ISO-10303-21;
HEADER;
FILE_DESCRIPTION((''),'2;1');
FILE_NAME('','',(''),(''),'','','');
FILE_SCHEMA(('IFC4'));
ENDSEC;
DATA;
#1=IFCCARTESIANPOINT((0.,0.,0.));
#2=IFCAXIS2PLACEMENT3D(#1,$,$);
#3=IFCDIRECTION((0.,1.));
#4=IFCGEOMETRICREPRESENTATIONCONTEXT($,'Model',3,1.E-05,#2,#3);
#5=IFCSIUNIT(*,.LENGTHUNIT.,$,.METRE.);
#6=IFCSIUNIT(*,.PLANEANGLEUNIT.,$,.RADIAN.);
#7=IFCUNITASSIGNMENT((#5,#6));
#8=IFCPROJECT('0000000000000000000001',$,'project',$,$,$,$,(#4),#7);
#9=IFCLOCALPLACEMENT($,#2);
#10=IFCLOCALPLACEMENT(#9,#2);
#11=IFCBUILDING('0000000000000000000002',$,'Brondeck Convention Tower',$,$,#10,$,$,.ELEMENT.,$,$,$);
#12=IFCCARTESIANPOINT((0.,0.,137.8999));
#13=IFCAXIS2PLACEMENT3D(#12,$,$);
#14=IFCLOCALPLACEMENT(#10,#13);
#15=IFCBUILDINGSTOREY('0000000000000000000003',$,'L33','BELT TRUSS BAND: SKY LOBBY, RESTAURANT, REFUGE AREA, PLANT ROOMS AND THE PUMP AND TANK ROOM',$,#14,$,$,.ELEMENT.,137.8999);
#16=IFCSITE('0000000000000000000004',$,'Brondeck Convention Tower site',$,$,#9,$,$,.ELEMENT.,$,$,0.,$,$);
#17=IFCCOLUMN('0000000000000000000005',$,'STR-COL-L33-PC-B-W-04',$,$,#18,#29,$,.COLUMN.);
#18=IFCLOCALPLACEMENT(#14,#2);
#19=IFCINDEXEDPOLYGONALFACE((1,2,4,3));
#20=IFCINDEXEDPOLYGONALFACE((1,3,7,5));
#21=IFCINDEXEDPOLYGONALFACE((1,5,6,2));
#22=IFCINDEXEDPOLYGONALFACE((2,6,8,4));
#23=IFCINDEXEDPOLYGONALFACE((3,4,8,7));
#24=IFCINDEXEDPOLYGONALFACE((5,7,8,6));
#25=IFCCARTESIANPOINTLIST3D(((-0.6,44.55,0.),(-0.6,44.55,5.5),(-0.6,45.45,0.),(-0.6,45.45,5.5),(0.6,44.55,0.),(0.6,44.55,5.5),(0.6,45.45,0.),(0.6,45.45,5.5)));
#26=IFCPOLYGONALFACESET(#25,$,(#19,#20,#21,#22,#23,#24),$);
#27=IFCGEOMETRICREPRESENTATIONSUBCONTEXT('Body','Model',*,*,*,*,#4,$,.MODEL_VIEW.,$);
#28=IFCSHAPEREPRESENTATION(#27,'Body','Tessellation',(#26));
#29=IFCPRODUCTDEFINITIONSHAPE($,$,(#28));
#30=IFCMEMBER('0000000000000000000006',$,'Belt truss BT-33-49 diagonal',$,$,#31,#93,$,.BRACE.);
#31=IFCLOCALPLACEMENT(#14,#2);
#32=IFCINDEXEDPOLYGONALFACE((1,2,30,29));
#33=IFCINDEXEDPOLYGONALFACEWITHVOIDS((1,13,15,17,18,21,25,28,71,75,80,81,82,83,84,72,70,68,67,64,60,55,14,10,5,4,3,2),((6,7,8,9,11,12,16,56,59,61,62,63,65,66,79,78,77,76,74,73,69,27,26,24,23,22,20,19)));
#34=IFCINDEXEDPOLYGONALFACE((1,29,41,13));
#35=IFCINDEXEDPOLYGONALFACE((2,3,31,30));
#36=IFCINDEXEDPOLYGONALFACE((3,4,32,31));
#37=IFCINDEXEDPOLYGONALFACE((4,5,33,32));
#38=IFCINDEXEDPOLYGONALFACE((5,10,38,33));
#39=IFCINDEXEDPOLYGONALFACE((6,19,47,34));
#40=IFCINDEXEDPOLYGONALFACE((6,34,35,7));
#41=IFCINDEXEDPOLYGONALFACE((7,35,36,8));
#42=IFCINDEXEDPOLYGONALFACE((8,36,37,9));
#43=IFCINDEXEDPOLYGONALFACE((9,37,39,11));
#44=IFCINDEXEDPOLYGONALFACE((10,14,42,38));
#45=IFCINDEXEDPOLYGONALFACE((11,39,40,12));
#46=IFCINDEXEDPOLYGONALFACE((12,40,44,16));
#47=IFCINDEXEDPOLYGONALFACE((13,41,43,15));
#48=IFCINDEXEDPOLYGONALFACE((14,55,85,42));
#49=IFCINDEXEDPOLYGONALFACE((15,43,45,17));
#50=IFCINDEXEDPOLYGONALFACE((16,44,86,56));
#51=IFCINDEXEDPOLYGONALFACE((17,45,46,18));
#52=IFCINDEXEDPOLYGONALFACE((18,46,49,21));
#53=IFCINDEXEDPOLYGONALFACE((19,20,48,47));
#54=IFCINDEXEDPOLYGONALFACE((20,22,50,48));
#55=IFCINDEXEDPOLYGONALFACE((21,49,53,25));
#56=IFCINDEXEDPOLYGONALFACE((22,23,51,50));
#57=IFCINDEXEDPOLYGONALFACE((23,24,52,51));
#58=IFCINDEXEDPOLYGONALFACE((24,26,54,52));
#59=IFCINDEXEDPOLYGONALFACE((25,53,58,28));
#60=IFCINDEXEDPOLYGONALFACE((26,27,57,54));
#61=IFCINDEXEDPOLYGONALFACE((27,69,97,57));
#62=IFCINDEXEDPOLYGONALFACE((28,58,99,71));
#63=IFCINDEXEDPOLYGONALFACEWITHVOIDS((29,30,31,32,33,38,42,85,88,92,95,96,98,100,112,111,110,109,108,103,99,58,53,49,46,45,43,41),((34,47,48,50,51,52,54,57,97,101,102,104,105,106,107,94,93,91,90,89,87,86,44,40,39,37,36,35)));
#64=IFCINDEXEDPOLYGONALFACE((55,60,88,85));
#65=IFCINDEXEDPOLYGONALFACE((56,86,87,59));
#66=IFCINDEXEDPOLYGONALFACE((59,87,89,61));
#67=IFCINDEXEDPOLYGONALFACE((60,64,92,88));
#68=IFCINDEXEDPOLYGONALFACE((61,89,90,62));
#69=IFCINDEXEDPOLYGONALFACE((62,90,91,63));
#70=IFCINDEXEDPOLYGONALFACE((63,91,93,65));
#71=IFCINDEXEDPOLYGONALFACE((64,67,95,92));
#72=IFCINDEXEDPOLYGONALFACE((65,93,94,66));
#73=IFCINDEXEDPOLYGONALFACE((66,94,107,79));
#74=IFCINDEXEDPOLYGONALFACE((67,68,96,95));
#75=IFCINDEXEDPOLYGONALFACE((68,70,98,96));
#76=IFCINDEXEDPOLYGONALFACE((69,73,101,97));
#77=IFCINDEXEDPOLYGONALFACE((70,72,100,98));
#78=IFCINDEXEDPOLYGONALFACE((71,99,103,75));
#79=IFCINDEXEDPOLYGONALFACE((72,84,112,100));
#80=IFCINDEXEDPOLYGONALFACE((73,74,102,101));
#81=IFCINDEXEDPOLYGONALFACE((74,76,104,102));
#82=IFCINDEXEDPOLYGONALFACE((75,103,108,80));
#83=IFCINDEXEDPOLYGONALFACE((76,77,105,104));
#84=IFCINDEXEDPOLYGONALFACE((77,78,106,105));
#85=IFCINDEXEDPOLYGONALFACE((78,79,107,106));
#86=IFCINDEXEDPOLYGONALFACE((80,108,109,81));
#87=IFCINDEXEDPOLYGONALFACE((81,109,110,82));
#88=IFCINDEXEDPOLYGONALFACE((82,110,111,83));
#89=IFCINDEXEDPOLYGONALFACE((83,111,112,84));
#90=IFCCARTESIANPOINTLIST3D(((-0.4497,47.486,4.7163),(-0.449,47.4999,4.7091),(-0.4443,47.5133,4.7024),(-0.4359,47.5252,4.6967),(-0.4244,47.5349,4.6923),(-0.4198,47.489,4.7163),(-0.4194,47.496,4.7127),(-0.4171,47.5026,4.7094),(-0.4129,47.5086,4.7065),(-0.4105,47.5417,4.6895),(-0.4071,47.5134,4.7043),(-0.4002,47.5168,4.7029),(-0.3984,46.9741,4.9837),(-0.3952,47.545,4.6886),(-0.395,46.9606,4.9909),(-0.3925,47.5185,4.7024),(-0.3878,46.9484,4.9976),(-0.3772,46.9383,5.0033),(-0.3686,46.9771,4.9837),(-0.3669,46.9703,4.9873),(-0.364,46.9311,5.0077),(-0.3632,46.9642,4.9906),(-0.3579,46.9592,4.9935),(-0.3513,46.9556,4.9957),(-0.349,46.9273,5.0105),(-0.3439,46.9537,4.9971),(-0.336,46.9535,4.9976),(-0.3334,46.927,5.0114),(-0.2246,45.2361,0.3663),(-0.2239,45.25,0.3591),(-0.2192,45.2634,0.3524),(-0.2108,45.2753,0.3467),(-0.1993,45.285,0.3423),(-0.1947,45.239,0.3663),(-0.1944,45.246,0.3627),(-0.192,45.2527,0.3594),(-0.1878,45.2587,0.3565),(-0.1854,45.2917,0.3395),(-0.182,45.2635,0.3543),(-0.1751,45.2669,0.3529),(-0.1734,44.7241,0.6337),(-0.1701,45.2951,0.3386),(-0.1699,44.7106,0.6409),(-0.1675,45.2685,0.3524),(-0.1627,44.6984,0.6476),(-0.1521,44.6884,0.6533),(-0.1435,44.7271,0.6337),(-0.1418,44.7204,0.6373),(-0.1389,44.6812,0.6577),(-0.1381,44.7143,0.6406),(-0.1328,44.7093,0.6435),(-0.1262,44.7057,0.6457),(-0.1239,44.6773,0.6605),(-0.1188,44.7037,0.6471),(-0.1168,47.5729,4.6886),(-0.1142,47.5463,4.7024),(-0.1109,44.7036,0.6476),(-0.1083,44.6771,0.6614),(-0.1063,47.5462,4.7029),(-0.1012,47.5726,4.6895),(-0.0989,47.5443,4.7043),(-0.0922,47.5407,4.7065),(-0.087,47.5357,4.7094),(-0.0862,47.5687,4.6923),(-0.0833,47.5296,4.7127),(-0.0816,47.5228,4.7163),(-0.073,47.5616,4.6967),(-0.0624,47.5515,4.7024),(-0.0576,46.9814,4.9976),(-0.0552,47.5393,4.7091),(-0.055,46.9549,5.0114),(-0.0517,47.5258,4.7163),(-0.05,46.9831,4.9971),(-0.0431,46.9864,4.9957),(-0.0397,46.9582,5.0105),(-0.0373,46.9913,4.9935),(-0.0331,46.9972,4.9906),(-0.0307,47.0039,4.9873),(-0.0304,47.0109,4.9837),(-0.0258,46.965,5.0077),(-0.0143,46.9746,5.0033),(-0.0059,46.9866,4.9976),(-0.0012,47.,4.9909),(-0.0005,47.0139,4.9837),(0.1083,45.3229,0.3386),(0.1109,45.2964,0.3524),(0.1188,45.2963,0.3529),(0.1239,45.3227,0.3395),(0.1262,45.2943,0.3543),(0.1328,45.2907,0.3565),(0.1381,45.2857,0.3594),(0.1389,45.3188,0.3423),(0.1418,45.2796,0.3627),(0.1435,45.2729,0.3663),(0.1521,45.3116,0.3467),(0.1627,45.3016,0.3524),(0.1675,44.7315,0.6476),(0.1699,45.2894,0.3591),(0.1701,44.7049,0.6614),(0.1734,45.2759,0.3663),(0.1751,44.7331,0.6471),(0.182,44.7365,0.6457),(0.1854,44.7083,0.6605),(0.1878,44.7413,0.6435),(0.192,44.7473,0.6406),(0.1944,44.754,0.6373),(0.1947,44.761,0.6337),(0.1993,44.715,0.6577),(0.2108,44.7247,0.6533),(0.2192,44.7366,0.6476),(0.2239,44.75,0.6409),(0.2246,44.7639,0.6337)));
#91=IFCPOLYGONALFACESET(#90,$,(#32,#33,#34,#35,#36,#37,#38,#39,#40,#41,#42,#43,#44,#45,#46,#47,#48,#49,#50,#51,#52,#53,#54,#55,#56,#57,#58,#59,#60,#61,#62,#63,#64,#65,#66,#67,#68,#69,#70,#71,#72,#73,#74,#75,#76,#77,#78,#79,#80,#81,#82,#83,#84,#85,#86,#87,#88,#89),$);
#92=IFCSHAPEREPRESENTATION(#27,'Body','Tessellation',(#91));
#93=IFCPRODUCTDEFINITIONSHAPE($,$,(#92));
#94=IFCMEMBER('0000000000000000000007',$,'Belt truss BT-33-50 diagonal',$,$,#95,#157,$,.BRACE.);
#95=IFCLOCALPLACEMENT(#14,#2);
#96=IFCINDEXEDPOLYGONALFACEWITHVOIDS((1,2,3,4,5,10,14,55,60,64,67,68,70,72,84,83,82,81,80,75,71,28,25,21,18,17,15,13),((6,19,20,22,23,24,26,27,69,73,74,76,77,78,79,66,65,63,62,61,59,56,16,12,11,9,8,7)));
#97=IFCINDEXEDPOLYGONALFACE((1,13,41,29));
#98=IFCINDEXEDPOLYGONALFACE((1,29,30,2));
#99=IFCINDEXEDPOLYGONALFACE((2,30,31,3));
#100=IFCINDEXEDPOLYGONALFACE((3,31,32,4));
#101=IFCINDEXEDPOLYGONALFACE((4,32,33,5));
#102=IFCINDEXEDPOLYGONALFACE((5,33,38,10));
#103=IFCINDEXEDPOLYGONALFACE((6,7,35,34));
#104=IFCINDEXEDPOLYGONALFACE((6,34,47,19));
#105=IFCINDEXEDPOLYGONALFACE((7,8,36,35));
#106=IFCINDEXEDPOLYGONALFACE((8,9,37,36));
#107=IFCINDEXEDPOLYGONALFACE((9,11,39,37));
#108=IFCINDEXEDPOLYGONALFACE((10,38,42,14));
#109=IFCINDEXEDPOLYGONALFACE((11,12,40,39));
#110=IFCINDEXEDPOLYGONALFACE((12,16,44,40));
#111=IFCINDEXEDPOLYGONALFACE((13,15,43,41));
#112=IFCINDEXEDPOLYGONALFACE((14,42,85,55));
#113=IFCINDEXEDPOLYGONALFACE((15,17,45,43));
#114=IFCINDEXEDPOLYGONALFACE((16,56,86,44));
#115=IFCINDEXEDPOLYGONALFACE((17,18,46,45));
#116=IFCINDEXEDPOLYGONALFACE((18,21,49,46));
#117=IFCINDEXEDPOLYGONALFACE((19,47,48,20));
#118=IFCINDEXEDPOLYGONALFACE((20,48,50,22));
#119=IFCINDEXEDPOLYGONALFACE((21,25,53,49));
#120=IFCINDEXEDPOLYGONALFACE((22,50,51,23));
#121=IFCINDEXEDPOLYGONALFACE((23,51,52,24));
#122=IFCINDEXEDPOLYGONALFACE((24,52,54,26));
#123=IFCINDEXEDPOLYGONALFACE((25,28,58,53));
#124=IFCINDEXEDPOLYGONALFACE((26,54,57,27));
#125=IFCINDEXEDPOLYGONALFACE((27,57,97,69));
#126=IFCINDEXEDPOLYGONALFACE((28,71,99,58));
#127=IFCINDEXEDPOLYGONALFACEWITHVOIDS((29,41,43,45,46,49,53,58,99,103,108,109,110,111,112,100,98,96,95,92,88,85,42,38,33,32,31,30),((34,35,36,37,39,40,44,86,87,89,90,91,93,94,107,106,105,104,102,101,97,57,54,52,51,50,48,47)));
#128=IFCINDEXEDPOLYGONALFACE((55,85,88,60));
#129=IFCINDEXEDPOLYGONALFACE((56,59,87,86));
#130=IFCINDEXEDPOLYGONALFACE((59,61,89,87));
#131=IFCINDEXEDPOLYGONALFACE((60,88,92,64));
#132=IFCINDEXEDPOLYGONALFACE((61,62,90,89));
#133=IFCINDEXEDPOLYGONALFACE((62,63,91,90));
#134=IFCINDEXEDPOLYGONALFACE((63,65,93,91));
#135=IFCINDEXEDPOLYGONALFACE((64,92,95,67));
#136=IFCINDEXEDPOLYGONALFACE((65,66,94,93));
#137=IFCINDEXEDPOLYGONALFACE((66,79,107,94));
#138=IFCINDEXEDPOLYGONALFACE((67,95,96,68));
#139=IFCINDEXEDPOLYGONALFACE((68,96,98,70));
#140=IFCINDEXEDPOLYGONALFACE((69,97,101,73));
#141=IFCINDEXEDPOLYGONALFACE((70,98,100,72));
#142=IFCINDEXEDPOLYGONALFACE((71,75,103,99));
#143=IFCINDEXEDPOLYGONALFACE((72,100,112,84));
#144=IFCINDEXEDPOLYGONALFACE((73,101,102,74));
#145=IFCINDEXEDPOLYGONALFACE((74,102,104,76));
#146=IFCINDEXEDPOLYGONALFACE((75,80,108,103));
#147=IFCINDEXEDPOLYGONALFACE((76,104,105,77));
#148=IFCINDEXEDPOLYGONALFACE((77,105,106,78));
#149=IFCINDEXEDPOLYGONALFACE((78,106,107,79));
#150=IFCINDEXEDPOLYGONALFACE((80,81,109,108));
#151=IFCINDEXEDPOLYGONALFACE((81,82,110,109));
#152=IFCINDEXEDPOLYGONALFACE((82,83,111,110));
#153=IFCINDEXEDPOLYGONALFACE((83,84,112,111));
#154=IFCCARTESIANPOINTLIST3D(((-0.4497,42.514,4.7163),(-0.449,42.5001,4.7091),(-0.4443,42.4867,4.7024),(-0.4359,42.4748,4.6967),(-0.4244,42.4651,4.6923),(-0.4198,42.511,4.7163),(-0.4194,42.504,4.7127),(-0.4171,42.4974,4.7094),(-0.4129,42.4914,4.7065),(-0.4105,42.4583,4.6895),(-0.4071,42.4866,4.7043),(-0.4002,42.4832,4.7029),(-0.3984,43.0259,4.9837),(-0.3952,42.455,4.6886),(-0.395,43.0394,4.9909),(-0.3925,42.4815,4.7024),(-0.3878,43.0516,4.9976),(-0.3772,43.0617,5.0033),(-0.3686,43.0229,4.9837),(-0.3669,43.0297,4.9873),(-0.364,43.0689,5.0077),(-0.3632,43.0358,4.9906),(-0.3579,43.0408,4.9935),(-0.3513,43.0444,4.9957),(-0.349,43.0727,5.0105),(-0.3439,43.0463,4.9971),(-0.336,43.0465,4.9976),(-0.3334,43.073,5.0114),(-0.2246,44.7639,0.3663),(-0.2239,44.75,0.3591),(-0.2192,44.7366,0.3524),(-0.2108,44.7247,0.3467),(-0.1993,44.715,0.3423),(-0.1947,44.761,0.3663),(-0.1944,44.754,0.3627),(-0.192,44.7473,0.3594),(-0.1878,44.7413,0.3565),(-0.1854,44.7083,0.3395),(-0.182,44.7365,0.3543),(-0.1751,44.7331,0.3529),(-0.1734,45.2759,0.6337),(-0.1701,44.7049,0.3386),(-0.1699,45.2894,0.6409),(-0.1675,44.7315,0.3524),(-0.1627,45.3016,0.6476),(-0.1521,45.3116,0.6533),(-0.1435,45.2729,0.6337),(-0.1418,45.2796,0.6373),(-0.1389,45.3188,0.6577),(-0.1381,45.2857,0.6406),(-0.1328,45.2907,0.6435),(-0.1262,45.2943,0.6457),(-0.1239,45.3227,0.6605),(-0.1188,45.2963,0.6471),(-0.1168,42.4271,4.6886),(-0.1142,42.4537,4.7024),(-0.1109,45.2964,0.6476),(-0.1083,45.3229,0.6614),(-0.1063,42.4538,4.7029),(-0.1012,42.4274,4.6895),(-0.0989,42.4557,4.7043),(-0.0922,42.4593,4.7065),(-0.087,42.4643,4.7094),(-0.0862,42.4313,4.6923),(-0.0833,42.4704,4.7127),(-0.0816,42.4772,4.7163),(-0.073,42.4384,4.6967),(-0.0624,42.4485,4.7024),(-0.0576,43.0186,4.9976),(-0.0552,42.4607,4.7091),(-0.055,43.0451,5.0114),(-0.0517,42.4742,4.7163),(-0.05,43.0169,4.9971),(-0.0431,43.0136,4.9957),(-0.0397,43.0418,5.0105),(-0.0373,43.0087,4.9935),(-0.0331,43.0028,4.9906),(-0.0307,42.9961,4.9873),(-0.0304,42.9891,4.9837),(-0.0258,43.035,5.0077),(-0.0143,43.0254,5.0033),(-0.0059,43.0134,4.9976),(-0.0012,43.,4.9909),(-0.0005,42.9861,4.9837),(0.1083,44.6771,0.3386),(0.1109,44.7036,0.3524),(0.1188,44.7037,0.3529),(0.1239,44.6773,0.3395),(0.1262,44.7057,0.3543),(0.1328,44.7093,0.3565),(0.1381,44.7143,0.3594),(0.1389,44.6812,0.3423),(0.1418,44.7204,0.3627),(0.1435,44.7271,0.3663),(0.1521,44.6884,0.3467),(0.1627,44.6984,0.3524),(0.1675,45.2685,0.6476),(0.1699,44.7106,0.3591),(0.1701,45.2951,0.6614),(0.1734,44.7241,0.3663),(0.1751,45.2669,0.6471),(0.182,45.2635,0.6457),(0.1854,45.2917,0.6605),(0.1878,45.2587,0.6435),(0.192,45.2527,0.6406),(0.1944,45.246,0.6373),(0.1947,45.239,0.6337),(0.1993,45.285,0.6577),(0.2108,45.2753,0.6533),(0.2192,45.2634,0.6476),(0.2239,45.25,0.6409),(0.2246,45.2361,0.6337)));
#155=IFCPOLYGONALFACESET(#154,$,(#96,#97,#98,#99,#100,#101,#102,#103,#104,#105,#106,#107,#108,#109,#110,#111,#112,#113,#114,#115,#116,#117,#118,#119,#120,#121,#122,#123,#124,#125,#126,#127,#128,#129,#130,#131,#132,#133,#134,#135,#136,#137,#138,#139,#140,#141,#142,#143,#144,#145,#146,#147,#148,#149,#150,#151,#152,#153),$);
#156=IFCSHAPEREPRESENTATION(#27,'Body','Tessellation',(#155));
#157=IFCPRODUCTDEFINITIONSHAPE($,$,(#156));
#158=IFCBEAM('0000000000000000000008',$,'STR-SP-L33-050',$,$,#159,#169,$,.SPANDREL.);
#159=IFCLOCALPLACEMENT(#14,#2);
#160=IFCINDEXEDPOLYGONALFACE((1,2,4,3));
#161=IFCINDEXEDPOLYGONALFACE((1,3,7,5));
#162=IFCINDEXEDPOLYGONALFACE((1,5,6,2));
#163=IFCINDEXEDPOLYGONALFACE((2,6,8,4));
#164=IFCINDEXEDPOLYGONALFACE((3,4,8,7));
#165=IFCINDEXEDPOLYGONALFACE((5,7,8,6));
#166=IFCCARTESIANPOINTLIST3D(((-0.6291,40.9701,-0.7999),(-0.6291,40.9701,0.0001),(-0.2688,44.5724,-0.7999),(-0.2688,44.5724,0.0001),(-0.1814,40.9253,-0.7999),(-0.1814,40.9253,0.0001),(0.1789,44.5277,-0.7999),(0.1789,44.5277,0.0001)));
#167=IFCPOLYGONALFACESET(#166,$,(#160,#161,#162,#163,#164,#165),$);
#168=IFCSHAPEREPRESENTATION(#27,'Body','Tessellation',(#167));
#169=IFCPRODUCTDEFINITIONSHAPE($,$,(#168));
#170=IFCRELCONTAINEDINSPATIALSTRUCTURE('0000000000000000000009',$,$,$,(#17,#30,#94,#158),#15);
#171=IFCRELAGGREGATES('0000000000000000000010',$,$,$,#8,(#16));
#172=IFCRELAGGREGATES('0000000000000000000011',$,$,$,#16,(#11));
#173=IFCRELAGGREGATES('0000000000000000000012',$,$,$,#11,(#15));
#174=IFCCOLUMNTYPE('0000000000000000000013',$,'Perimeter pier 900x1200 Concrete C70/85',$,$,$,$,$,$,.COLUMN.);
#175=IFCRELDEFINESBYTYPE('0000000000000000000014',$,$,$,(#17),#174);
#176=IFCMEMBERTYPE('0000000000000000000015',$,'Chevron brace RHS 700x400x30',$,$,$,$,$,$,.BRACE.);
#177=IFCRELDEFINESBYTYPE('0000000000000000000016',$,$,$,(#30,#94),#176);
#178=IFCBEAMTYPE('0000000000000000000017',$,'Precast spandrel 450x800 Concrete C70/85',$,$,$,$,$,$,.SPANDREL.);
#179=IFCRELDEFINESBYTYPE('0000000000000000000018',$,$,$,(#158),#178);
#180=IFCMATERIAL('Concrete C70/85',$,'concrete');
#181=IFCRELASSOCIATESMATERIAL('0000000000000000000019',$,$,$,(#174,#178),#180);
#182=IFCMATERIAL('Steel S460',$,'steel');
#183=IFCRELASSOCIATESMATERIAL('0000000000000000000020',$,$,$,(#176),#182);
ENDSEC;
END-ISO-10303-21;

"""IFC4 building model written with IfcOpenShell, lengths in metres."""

from ifc_helpers import new_model, si_unit, direction, frame, origin, origin_2d, place, context, subcontext, project, spatial, rectangle, hollow_rectangle, extrude, material, material_profile, profile_set, type_object, element, save


model = new_model("IFC4")

# Units and contexts
model_context = context("Model", 3, precision=1e-05, world=origin(), true_north=direction((0.0, 1.0)))
body_context = subcontext(model_context, "Body", "Model", "MODEL_VIEW")
ifc_project = project(units=[si_unit("LENGTHUNIT", "METRE"), si_unit("PLANEANGLEUNIT", "RADIAN")], contexts=[model_context])

# Site, building, storey
site_placement = place(None, origin())
site = spatial("IfcSite", under=ifc_project, at=site_placement, Name="Brondeck Convention Tower site", CompositionType="ELEMENT", RefElevation=0.0)
building_placement = place(site_placement, origin())
building = spatial("IfcBuilding", under=site, at=building_placement, Name="Brondeck Convention Tower", CompositionType="ELEMENT")
storey_placement = place(building_placement, frame((0.0, 0.0, 137.8999)))
storey = spatial("IfcBuildingStorey", under=building, at=storey_placement, Name="L33", Description="BELT TRUSS BAND: SKY LOBBY, RESTAURANT, REFUGE AREA, PLANT ROOMS AND THE PUMP AND TANK ROOM", CompositionType="ELEMENT", Elevation=137.8999)

# Column
ifc_material_1 = material(Name="Concrete C70/85", Category="concrete")
ifc_material_profile_1 = material_profile(ifc_material_1, rectangle(XDim=0.8999, YDim=1.2, at=origin_2d()), Name="Perimeter pier 900x1200 Concrete C70/85")
ifc_profile_set_1 = profile_set([ifc_material_profile_1], Name="Concrete C70/85")
column_type = type_object("IfcColumnType", Name="Perimeter pier 900x1200 Concrete C70/85", PredefinedType="COLUMN", material=ifc_profile_set_1)
column_placement = place(storey_placement, frame((0.0, 45.0, 0.0), z_axis=(0.0, 0.0, 1.0), x_axis=(0.0, -1.0, 0.0)))
element("IfcColumn", 1, at=column_placement, inside=storey, type_object=column_type, Name="STR-COL-L33-PC-B-W-04", PredefinedType="COLUMN", context=body_context, shape_type="SweptSolid", body=[
    extrude(rectangle(XDim=0.8999, YDim=1.2, at=origin_2d()), origin(), (0.0, 0.0, 1.0), 5.5),
])

# Members
ifc_material_2 = material(Name="Steel S460", Category="steel")
ifc_material_profile_2 = material_profile(ifc_material_2, hollow_rectangle(XDim=0.3999, YDim=0.7, WallThickness=0.03, InnerFilletRadius=0.03, OuterFilletRadius=0.0601, at=origin_2d()), Name="RHS 700x400x30")
ifc_profile_set_2 = profile_set([ifc_material_profile_2], Name="Steel S460")
member_type_1 = type_object("IfcMemberType", Name="Chevron brace RHS 700x400x30", PredefinedType="BRACE", material=ifc_profile_set_2)
for number, where, z_axis, x_axis, name in (
    (2, (0.0, 45.0, 0.5), (-0.045913, 0.45893, 0.887285), (-0.995033, -0.099546, 0.0), "Belt truss BT-33-49 diagonal"),
    (3, (0.0, 45.0, 0.5), (-0.045913, -0.45893, 0.887285), (0.995033, -0.099546, 0.0), "Belt truss BT-33-50 diagonal"),
):
    element("IfcMember", number, at=place(storey_placement, frame(where, z_axis=z_axis, x_axis=x_axis)), inside=storey, type_object=member_type_1, Name=name, PredefinedType="BRACE", context=body_context, shape_type="SweptSolid", body=[
        extrude(hollow_rectangle(XDim=0.3999, YDim=0.7, WallThickness=0.03, InnerFilletRadius=0.03, OuterFilletRadius=0.0601, at=origin_2d()), origin(), (0.0, 0.0, 1.0), 4.9026),
    ])

# Beam
ifc_material_profile_3 = material_profile(ifc_material_1, rectangle(XDim=0.45, YDim=0.8, at=origin_2d()), Name="Precast spandrel 450x800 Concrete C70/85")
ifc_profile_set_3 = profile_set([ifc_material_profile_3], Name="Concrete C70/85")
beam_type = type_object("IfcBeamType", Name="Precast spandrel 450x800 Concrete C70/85", PredefinedType="SPANDREL", material=ifc_profile_set_3)
beam_placement = place(storey_placement, frame((-0.0449, 44.55, -0.3999), z_axis=(-0.099537, -0.995034, 0.0), x_axis=(0.995034, -0.099537, 0.0)))
element("IfcBeam", 4, at=beam_placement, inside=storey, type_object=beam_type, Name="STR-SP-L33-050", PredefinedType="SPANDREL", context=body_context, shape_type="SweptSolid", body=[
    extrude(rectangle(XDim=0.45, YDim=0.8, at=origin_2d()), origin(), (0.0, 0.0, 1.0), 3.6204),
])

save(model, "model.ifc")
